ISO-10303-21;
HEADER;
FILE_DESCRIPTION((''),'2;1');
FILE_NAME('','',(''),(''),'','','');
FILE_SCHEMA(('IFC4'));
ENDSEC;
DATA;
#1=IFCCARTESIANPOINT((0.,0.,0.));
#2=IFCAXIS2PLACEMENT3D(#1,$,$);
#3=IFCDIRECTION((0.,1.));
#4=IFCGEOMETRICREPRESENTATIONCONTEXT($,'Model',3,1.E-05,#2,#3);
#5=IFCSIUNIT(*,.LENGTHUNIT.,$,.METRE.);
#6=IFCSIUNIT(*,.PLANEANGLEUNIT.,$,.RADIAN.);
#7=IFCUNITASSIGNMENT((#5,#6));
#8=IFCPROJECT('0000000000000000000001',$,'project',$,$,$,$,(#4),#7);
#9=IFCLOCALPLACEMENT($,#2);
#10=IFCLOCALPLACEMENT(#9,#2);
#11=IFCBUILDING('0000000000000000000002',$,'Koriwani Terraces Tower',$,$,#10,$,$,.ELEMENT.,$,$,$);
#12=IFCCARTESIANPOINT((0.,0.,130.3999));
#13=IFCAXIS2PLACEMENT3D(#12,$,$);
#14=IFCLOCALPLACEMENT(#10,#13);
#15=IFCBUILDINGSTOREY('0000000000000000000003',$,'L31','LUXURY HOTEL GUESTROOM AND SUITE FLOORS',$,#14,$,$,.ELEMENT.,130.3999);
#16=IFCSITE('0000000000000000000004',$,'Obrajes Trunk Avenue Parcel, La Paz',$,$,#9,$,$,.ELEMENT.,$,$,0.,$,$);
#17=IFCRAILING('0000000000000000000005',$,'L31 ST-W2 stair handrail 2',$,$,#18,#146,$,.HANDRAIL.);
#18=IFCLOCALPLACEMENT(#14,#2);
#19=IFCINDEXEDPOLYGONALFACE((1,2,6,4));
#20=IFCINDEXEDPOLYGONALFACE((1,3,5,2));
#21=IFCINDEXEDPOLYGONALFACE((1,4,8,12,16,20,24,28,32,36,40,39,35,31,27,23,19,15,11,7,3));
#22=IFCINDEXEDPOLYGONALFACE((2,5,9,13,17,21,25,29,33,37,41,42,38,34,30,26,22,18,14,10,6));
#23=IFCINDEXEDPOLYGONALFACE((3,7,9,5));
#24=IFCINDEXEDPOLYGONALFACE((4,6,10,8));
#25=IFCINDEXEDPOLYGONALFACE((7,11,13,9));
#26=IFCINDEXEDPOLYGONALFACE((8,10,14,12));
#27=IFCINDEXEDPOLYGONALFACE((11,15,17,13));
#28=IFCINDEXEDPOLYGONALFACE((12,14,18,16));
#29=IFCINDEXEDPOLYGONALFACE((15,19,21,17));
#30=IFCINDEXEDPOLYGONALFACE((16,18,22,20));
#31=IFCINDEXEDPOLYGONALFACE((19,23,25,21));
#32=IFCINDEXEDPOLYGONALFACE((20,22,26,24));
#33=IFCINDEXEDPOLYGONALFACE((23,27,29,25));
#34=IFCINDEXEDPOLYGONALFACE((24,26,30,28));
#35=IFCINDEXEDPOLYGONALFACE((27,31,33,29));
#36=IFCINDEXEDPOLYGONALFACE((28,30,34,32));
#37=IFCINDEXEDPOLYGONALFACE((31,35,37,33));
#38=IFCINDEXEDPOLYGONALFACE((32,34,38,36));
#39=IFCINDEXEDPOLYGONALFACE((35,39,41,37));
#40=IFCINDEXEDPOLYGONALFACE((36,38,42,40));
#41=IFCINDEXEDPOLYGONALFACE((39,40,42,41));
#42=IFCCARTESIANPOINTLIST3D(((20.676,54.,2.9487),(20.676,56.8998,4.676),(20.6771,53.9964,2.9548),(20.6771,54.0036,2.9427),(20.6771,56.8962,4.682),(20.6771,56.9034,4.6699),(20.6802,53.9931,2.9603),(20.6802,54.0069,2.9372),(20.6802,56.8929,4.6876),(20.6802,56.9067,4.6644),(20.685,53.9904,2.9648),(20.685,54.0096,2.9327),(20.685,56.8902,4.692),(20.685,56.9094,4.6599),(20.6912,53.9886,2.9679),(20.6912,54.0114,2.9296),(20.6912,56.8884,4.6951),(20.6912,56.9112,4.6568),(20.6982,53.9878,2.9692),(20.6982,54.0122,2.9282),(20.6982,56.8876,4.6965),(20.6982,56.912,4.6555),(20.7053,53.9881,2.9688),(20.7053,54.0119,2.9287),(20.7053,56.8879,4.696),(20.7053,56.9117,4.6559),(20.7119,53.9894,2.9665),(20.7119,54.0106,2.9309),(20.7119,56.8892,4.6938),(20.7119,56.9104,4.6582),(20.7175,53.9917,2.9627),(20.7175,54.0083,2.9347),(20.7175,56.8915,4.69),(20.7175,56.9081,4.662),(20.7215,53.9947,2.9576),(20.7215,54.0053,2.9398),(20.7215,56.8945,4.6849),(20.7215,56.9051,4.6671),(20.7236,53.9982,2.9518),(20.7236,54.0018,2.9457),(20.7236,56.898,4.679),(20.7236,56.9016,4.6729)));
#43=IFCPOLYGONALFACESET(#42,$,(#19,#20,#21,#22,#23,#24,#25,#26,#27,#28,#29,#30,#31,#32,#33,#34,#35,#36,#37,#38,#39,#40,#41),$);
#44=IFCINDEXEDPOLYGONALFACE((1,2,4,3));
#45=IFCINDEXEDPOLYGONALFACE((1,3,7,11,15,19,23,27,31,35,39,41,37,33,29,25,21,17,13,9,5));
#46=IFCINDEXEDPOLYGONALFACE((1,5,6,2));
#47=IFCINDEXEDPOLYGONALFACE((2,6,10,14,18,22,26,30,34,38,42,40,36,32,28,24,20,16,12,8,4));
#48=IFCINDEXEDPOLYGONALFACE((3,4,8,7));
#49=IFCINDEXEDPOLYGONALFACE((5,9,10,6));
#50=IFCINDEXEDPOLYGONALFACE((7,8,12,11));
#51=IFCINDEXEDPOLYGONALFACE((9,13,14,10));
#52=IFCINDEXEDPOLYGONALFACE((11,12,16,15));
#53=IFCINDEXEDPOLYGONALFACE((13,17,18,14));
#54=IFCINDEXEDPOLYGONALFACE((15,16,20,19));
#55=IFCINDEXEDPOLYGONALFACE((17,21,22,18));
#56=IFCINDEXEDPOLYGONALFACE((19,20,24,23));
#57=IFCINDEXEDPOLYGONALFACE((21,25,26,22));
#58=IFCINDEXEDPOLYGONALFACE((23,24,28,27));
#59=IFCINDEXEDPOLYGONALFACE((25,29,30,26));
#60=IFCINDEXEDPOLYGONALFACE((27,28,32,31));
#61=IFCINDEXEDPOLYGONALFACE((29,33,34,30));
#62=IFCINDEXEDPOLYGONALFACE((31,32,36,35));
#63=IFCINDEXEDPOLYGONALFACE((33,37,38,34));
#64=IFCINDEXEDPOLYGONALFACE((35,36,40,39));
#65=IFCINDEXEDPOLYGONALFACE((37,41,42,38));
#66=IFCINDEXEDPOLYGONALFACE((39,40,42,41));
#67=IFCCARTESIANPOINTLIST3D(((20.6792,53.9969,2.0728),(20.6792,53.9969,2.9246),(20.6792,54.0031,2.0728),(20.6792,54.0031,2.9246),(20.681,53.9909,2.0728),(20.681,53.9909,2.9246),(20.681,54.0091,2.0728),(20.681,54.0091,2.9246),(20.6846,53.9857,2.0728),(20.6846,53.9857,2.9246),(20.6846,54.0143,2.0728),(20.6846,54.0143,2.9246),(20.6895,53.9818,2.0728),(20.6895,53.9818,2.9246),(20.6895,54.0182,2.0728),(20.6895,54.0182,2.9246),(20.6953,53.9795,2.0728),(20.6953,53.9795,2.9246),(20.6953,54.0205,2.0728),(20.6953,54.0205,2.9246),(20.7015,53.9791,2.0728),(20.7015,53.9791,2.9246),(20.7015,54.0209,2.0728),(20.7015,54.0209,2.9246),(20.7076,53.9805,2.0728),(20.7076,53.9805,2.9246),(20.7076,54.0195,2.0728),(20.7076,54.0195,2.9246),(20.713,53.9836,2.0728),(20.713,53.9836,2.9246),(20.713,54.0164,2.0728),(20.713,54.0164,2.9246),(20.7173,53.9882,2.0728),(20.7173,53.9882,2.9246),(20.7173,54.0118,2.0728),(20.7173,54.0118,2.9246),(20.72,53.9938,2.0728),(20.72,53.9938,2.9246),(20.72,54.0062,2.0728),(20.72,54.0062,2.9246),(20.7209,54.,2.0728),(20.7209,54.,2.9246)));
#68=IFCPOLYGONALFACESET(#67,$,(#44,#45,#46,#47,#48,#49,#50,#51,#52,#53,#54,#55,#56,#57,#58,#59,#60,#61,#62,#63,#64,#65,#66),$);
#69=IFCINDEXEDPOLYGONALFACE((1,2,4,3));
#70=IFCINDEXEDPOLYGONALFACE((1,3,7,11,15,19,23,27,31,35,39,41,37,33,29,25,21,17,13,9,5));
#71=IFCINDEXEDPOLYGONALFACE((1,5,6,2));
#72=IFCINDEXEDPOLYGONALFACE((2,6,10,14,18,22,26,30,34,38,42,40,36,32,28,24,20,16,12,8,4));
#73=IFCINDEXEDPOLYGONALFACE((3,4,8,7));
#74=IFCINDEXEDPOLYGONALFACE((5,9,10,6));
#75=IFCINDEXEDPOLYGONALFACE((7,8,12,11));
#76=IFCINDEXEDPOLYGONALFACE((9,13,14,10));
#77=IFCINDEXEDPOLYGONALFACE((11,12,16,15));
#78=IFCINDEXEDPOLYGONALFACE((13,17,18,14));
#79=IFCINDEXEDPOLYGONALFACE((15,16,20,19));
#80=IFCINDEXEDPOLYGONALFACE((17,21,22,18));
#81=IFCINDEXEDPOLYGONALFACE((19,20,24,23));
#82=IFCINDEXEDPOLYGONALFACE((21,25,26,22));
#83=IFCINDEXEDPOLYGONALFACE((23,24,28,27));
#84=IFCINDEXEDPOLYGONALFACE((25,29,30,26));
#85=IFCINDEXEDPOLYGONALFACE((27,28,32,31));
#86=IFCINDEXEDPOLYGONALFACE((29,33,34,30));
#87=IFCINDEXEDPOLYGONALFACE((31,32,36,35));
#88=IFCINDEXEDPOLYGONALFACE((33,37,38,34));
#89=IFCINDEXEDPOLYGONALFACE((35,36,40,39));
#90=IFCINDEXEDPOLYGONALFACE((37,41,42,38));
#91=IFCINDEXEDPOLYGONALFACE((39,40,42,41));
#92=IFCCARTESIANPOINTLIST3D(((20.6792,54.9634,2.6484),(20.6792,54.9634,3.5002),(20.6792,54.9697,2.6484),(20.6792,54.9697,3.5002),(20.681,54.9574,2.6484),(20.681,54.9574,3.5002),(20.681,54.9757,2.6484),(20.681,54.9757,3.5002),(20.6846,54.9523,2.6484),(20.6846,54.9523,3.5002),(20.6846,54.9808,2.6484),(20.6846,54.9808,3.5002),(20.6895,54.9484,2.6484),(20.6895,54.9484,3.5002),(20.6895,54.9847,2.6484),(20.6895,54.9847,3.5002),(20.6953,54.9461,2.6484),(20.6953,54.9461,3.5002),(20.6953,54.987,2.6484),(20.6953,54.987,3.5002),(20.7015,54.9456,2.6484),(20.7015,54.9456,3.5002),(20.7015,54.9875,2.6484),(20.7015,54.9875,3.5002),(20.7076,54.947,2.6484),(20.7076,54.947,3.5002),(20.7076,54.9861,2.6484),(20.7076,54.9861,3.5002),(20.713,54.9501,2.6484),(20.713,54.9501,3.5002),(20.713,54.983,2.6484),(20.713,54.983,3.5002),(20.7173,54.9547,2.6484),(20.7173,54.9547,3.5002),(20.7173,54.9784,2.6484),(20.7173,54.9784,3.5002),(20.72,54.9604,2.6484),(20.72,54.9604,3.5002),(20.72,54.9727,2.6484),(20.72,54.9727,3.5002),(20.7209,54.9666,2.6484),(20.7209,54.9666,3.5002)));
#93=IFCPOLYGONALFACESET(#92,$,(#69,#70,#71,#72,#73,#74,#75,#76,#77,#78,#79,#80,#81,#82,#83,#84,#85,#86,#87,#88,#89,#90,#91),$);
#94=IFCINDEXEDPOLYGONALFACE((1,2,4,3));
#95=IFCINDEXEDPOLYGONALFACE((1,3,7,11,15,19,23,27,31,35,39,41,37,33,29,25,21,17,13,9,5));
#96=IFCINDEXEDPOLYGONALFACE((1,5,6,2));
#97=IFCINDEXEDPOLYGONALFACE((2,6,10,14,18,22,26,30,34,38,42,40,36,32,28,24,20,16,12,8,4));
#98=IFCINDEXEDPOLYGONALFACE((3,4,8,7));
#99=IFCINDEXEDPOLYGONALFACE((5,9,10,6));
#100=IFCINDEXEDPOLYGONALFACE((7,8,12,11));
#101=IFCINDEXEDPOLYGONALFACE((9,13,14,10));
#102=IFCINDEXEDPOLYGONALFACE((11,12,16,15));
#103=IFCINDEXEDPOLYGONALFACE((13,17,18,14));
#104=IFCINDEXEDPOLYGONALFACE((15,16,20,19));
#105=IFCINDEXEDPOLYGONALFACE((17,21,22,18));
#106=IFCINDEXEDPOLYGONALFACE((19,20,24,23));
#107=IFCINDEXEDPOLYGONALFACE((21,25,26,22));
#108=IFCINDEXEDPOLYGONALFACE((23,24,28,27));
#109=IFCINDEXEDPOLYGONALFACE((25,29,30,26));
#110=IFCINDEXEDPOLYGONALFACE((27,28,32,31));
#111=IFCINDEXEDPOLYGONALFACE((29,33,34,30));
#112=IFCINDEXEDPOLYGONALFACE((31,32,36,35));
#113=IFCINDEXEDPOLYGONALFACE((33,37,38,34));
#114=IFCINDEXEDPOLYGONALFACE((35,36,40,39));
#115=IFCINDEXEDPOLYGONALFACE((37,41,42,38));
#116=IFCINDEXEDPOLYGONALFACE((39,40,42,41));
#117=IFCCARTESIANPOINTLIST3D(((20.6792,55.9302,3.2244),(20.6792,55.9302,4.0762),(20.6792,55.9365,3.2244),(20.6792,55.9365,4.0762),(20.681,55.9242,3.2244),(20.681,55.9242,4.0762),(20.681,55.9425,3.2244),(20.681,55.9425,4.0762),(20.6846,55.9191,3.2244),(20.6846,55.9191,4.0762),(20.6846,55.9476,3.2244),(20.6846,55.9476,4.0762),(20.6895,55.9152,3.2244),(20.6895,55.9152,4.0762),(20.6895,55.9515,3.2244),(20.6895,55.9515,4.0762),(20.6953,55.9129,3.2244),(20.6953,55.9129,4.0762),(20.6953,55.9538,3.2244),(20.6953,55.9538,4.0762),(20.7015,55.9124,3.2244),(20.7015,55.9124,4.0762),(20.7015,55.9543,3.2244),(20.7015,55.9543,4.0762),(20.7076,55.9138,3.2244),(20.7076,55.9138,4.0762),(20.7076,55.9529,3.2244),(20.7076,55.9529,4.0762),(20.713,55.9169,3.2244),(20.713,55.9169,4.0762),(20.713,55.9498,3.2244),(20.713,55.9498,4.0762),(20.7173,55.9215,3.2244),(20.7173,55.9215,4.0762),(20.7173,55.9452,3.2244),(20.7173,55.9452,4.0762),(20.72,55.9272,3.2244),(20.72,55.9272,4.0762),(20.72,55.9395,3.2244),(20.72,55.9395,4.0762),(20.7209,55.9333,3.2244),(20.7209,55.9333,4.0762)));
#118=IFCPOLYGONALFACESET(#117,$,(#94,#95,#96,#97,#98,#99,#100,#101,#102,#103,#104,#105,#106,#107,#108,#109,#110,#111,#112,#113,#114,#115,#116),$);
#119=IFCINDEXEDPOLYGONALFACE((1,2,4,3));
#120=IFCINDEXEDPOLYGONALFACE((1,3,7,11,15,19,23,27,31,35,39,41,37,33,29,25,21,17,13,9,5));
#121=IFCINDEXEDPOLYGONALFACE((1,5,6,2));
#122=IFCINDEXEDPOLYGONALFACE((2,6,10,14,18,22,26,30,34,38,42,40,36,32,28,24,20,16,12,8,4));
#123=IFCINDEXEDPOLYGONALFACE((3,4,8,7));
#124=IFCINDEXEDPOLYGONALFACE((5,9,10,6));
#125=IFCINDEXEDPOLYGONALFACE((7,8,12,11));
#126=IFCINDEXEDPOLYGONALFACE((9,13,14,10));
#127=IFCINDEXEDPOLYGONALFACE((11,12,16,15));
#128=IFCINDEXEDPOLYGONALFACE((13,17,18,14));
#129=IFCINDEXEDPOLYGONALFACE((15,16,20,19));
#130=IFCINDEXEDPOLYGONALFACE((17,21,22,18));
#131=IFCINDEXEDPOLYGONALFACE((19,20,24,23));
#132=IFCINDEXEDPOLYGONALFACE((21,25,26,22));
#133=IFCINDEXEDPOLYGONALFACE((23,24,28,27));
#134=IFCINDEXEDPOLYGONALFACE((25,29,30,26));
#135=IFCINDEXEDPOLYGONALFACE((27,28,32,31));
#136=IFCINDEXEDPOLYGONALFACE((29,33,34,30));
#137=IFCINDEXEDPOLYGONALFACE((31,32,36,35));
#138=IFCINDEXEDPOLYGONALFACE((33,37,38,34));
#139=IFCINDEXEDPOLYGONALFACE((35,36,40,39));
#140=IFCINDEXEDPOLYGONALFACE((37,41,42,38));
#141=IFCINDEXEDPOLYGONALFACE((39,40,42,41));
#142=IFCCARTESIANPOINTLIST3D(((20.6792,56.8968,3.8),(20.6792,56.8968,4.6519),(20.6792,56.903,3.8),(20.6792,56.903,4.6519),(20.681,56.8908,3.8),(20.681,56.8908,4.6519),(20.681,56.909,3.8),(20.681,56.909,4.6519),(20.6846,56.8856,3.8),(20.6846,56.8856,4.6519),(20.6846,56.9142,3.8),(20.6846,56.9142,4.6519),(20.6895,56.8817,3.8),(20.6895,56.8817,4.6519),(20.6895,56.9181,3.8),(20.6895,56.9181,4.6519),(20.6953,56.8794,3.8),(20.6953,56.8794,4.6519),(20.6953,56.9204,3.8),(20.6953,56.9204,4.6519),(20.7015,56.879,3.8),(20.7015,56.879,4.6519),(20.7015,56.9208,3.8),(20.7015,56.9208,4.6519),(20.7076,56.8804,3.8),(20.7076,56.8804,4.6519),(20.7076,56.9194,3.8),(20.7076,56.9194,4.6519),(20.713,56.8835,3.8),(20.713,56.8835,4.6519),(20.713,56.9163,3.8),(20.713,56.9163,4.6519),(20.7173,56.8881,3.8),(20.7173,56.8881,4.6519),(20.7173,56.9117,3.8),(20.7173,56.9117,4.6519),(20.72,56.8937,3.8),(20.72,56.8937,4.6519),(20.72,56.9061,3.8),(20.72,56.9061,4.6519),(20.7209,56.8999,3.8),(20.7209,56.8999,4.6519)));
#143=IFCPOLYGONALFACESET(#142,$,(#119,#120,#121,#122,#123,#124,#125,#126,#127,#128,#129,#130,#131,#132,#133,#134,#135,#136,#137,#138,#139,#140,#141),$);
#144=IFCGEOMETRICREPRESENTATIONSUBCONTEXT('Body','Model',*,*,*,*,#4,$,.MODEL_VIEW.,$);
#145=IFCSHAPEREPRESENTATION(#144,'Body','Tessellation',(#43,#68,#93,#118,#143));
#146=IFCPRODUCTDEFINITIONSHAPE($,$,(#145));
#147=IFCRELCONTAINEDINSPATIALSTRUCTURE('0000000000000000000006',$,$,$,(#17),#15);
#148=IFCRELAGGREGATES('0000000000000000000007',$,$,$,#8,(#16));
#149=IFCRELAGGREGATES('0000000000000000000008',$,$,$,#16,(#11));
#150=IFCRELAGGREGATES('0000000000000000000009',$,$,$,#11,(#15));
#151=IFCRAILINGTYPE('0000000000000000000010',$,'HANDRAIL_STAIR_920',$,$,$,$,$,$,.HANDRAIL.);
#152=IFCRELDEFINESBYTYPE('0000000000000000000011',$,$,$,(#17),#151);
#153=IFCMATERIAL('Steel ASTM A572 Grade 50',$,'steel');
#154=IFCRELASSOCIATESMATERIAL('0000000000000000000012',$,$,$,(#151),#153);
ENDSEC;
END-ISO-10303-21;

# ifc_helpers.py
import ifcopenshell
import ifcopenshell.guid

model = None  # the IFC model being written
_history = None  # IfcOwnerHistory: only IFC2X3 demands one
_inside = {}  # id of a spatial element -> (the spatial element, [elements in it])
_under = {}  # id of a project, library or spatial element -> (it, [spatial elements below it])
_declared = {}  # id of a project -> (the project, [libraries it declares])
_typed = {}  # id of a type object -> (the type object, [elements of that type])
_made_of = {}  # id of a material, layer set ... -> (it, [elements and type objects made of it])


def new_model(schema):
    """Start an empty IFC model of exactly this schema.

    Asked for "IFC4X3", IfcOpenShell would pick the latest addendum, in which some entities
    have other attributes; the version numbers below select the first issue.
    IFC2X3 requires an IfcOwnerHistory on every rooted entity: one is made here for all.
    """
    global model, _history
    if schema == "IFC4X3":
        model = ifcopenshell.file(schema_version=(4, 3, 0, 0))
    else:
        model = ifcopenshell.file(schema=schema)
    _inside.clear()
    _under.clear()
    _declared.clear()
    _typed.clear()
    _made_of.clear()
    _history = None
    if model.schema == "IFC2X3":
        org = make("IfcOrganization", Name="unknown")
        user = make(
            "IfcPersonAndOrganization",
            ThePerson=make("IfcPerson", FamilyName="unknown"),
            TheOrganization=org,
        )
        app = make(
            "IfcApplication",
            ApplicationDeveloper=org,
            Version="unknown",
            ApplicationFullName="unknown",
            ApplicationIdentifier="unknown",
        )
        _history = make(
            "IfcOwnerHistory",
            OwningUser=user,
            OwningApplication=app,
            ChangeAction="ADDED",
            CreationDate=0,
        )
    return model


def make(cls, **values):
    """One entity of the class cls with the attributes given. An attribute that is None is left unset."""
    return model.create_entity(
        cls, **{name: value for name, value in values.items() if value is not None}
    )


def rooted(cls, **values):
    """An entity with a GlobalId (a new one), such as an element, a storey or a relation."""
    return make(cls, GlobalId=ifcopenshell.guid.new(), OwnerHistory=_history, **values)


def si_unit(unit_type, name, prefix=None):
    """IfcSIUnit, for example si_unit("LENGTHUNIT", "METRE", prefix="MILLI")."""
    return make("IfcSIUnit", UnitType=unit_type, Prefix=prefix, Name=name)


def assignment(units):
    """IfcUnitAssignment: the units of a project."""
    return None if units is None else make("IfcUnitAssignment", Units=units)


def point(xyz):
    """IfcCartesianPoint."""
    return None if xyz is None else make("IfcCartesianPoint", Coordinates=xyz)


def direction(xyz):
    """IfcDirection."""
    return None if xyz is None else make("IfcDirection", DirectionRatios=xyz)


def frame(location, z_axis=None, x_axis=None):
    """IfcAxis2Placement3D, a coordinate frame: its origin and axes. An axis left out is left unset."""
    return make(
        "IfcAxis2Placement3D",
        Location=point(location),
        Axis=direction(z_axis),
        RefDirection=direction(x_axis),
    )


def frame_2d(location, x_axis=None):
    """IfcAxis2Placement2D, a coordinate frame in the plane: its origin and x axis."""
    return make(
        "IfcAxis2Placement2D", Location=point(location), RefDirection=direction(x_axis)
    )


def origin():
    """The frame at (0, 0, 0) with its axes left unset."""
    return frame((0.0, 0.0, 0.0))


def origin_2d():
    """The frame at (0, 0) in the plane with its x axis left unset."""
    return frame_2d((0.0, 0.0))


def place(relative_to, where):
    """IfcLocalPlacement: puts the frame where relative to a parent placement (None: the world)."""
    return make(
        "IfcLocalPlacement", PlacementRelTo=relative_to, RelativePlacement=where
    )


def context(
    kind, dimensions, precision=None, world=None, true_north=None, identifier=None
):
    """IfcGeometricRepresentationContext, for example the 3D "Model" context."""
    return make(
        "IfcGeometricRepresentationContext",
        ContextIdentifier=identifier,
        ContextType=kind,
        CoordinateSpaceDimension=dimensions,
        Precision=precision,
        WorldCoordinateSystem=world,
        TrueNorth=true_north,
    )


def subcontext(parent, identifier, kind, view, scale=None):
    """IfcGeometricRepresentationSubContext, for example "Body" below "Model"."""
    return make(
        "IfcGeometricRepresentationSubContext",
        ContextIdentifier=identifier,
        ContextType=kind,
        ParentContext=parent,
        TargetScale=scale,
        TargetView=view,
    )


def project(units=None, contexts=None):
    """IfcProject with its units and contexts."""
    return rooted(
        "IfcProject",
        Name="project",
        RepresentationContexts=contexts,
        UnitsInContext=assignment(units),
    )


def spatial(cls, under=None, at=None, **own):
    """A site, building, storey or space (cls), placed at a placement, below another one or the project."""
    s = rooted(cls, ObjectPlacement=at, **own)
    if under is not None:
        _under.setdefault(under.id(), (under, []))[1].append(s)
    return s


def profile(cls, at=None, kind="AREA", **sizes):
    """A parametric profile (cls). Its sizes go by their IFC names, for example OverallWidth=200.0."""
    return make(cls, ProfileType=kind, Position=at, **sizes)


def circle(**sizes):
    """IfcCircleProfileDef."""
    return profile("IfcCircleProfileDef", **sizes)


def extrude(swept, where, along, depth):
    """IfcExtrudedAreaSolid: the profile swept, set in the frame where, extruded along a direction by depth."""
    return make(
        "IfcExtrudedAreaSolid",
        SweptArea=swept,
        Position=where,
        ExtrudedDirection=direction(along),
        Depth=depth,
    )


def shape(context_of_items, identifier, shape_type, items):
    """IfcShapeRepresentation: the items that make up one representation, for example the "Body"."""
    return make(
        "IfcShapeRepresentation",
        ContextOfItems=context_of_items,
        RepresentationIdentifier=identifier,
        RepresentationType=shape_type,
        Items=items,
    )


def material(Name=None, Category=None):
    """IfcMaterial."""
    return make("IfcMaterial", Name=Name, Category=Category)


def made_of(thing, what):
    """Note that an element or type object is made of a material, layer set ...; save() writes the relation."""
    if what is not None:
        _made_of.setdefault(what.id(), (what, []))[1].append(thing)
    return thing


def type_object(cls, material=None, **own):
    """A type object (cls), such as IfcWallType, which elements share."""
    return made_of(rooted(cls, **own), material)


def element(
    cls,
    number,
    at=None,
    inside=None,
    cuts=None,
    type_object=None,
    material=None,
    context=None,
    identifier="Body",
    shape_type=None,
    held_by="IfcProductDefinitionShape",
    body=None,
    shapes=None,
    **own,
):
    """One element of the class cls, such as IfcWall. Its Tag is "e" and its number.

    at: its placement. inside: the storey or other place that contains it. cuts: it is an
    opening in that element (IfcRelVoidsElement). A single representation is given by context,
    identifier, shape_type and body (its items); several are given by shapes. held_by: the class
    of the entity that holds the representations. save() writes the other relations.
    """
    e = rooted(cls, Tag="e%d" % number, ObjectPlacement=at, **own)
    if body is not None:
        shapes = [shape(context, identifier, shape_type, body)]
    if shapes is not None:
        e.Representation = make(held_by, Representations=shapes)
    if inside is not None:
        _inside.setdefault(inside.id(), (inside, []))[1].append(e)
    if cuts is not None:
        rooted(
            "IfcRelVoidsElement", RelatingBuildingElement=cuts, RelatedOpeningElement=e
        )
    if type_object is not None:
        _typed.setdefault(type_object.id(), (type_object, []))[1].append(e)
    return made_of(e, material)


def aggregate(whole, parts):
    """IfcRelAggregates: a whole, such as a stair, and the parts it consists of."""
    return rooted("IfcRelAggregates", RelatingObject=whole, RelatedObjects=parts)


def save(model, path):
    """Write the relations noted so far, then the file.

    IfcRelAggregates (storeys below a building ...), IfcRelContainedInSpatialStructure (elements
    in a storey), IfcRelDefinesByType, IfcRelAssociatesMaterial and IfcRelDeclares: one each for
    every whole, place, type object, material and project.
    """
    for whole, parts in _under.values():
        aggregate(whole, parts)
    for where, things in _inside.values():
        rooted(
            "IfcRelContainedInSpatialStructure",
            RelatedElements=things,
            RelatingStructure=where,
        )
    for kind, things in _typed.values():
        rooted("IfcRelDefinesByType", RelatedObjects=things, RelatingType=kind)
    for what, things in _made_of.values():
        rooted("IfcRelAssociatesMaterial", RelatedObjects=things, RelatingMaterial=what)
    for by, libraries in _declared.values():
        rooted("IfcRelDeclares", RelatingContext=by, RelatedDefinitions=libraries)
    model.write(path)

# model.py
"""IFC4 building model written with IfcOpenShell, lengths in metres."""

from ifc_helpers import new_model, si_unit, direction, frame, origin, origin_2d, place, context, subcontext, project, spatial, circle, extrude, material, type_object, element, save


model = new_model("IFC4")

# Units and contexts
model_context = context("Model", 3, precision=1e-05, world=origin(), true_north=direction((0.0, 1.0)))
body_context = subcontext(model_context, "Body", "Model", "MODEL_VIEW")
ifc_project = project(units=[si_unit("LENGTHUNIT", "METRE"), si_unit("PLANEANGLEUNIT", "RADIAN")], contexts=[model_context])

# Site, building, storey
site_placement = place(None, origin())
site = spatial("IfcSite", under=ifc_project, at=site_placement, Name="Obrajes Trunk Avenue Parcel, La Paz", CompositionType="ELEMENT", RefElevation=0.0)
building_placement = place(site_placement, origin())
building = spatial("IfcBuilding", under=site, at=building_placement, Name="Koriwani Terraces Tower", CompositionType="ELEMENT")
storey_placement = place(building_placement, frame((0.0, 0.0, 130.3999)))
storey = spatial("IfcBuildingStorey", under=building, at=storey_placement, Name="L31", Description="LUXURY HOTEL GUESTROOM AND SUITE FLOORS", CompositionType="ELEMENT", Elevation=130.3999)

# Shared definitions
ifc_material_1 = material(Name="Steel ASTM A572 Grade 50", Category="steel")

# Railing
railing_type_1 = type_object("IfcRailingType", Name="HANDRAIL_STAIR_920", PredefinedType="HANDRAIL", material=ifc_material_1)
railing_1_placement = place(storey_placement, frame((20.7, 54.0, 2.0728)))
element("IfcRailing", 1, at=railing_1_placement, inside=storey, type_object=railing_type_1, Name="L31 ST-W2 stair handrail 2", PredefinedType="HANDRAIL", context=body_context, shape_type="SweptSolid", body=[
    extrude(circle(Radius=0.0239, at=origin_2d()), frame((0.0, 0.0, 0.876), z_axis=(0.0, 0.859141, 0.511738), x_axis=(-1.0, 0.0, 0.0)), (0.0, 0.0, 1.0), 3.3752),
    extrude(circle(Radius=0.021, at=origin_2d()), origin(), (0.0, 0.0, 1.0), 0.8518),
    extrude(circle(Radius=0.021, at=origin_2d()), frame((0.0, 0.9666, 0.5757)), (0.0, 0.0, 1.0), 0.8518),
    extrude(circle(Radius=0.021, at=origin_2d()), frame((0.0, 1.9333, 1.1516)), (0.0, 0.0, 1.0), 0.8518),
    extrude(circle(Radius=0.021, at=origin_2d()), frame((0.0, 2.8999, 1.7273)), (0.0, 0.0, 1.0), 0.8518),
])

save(model, "model.ifc")
